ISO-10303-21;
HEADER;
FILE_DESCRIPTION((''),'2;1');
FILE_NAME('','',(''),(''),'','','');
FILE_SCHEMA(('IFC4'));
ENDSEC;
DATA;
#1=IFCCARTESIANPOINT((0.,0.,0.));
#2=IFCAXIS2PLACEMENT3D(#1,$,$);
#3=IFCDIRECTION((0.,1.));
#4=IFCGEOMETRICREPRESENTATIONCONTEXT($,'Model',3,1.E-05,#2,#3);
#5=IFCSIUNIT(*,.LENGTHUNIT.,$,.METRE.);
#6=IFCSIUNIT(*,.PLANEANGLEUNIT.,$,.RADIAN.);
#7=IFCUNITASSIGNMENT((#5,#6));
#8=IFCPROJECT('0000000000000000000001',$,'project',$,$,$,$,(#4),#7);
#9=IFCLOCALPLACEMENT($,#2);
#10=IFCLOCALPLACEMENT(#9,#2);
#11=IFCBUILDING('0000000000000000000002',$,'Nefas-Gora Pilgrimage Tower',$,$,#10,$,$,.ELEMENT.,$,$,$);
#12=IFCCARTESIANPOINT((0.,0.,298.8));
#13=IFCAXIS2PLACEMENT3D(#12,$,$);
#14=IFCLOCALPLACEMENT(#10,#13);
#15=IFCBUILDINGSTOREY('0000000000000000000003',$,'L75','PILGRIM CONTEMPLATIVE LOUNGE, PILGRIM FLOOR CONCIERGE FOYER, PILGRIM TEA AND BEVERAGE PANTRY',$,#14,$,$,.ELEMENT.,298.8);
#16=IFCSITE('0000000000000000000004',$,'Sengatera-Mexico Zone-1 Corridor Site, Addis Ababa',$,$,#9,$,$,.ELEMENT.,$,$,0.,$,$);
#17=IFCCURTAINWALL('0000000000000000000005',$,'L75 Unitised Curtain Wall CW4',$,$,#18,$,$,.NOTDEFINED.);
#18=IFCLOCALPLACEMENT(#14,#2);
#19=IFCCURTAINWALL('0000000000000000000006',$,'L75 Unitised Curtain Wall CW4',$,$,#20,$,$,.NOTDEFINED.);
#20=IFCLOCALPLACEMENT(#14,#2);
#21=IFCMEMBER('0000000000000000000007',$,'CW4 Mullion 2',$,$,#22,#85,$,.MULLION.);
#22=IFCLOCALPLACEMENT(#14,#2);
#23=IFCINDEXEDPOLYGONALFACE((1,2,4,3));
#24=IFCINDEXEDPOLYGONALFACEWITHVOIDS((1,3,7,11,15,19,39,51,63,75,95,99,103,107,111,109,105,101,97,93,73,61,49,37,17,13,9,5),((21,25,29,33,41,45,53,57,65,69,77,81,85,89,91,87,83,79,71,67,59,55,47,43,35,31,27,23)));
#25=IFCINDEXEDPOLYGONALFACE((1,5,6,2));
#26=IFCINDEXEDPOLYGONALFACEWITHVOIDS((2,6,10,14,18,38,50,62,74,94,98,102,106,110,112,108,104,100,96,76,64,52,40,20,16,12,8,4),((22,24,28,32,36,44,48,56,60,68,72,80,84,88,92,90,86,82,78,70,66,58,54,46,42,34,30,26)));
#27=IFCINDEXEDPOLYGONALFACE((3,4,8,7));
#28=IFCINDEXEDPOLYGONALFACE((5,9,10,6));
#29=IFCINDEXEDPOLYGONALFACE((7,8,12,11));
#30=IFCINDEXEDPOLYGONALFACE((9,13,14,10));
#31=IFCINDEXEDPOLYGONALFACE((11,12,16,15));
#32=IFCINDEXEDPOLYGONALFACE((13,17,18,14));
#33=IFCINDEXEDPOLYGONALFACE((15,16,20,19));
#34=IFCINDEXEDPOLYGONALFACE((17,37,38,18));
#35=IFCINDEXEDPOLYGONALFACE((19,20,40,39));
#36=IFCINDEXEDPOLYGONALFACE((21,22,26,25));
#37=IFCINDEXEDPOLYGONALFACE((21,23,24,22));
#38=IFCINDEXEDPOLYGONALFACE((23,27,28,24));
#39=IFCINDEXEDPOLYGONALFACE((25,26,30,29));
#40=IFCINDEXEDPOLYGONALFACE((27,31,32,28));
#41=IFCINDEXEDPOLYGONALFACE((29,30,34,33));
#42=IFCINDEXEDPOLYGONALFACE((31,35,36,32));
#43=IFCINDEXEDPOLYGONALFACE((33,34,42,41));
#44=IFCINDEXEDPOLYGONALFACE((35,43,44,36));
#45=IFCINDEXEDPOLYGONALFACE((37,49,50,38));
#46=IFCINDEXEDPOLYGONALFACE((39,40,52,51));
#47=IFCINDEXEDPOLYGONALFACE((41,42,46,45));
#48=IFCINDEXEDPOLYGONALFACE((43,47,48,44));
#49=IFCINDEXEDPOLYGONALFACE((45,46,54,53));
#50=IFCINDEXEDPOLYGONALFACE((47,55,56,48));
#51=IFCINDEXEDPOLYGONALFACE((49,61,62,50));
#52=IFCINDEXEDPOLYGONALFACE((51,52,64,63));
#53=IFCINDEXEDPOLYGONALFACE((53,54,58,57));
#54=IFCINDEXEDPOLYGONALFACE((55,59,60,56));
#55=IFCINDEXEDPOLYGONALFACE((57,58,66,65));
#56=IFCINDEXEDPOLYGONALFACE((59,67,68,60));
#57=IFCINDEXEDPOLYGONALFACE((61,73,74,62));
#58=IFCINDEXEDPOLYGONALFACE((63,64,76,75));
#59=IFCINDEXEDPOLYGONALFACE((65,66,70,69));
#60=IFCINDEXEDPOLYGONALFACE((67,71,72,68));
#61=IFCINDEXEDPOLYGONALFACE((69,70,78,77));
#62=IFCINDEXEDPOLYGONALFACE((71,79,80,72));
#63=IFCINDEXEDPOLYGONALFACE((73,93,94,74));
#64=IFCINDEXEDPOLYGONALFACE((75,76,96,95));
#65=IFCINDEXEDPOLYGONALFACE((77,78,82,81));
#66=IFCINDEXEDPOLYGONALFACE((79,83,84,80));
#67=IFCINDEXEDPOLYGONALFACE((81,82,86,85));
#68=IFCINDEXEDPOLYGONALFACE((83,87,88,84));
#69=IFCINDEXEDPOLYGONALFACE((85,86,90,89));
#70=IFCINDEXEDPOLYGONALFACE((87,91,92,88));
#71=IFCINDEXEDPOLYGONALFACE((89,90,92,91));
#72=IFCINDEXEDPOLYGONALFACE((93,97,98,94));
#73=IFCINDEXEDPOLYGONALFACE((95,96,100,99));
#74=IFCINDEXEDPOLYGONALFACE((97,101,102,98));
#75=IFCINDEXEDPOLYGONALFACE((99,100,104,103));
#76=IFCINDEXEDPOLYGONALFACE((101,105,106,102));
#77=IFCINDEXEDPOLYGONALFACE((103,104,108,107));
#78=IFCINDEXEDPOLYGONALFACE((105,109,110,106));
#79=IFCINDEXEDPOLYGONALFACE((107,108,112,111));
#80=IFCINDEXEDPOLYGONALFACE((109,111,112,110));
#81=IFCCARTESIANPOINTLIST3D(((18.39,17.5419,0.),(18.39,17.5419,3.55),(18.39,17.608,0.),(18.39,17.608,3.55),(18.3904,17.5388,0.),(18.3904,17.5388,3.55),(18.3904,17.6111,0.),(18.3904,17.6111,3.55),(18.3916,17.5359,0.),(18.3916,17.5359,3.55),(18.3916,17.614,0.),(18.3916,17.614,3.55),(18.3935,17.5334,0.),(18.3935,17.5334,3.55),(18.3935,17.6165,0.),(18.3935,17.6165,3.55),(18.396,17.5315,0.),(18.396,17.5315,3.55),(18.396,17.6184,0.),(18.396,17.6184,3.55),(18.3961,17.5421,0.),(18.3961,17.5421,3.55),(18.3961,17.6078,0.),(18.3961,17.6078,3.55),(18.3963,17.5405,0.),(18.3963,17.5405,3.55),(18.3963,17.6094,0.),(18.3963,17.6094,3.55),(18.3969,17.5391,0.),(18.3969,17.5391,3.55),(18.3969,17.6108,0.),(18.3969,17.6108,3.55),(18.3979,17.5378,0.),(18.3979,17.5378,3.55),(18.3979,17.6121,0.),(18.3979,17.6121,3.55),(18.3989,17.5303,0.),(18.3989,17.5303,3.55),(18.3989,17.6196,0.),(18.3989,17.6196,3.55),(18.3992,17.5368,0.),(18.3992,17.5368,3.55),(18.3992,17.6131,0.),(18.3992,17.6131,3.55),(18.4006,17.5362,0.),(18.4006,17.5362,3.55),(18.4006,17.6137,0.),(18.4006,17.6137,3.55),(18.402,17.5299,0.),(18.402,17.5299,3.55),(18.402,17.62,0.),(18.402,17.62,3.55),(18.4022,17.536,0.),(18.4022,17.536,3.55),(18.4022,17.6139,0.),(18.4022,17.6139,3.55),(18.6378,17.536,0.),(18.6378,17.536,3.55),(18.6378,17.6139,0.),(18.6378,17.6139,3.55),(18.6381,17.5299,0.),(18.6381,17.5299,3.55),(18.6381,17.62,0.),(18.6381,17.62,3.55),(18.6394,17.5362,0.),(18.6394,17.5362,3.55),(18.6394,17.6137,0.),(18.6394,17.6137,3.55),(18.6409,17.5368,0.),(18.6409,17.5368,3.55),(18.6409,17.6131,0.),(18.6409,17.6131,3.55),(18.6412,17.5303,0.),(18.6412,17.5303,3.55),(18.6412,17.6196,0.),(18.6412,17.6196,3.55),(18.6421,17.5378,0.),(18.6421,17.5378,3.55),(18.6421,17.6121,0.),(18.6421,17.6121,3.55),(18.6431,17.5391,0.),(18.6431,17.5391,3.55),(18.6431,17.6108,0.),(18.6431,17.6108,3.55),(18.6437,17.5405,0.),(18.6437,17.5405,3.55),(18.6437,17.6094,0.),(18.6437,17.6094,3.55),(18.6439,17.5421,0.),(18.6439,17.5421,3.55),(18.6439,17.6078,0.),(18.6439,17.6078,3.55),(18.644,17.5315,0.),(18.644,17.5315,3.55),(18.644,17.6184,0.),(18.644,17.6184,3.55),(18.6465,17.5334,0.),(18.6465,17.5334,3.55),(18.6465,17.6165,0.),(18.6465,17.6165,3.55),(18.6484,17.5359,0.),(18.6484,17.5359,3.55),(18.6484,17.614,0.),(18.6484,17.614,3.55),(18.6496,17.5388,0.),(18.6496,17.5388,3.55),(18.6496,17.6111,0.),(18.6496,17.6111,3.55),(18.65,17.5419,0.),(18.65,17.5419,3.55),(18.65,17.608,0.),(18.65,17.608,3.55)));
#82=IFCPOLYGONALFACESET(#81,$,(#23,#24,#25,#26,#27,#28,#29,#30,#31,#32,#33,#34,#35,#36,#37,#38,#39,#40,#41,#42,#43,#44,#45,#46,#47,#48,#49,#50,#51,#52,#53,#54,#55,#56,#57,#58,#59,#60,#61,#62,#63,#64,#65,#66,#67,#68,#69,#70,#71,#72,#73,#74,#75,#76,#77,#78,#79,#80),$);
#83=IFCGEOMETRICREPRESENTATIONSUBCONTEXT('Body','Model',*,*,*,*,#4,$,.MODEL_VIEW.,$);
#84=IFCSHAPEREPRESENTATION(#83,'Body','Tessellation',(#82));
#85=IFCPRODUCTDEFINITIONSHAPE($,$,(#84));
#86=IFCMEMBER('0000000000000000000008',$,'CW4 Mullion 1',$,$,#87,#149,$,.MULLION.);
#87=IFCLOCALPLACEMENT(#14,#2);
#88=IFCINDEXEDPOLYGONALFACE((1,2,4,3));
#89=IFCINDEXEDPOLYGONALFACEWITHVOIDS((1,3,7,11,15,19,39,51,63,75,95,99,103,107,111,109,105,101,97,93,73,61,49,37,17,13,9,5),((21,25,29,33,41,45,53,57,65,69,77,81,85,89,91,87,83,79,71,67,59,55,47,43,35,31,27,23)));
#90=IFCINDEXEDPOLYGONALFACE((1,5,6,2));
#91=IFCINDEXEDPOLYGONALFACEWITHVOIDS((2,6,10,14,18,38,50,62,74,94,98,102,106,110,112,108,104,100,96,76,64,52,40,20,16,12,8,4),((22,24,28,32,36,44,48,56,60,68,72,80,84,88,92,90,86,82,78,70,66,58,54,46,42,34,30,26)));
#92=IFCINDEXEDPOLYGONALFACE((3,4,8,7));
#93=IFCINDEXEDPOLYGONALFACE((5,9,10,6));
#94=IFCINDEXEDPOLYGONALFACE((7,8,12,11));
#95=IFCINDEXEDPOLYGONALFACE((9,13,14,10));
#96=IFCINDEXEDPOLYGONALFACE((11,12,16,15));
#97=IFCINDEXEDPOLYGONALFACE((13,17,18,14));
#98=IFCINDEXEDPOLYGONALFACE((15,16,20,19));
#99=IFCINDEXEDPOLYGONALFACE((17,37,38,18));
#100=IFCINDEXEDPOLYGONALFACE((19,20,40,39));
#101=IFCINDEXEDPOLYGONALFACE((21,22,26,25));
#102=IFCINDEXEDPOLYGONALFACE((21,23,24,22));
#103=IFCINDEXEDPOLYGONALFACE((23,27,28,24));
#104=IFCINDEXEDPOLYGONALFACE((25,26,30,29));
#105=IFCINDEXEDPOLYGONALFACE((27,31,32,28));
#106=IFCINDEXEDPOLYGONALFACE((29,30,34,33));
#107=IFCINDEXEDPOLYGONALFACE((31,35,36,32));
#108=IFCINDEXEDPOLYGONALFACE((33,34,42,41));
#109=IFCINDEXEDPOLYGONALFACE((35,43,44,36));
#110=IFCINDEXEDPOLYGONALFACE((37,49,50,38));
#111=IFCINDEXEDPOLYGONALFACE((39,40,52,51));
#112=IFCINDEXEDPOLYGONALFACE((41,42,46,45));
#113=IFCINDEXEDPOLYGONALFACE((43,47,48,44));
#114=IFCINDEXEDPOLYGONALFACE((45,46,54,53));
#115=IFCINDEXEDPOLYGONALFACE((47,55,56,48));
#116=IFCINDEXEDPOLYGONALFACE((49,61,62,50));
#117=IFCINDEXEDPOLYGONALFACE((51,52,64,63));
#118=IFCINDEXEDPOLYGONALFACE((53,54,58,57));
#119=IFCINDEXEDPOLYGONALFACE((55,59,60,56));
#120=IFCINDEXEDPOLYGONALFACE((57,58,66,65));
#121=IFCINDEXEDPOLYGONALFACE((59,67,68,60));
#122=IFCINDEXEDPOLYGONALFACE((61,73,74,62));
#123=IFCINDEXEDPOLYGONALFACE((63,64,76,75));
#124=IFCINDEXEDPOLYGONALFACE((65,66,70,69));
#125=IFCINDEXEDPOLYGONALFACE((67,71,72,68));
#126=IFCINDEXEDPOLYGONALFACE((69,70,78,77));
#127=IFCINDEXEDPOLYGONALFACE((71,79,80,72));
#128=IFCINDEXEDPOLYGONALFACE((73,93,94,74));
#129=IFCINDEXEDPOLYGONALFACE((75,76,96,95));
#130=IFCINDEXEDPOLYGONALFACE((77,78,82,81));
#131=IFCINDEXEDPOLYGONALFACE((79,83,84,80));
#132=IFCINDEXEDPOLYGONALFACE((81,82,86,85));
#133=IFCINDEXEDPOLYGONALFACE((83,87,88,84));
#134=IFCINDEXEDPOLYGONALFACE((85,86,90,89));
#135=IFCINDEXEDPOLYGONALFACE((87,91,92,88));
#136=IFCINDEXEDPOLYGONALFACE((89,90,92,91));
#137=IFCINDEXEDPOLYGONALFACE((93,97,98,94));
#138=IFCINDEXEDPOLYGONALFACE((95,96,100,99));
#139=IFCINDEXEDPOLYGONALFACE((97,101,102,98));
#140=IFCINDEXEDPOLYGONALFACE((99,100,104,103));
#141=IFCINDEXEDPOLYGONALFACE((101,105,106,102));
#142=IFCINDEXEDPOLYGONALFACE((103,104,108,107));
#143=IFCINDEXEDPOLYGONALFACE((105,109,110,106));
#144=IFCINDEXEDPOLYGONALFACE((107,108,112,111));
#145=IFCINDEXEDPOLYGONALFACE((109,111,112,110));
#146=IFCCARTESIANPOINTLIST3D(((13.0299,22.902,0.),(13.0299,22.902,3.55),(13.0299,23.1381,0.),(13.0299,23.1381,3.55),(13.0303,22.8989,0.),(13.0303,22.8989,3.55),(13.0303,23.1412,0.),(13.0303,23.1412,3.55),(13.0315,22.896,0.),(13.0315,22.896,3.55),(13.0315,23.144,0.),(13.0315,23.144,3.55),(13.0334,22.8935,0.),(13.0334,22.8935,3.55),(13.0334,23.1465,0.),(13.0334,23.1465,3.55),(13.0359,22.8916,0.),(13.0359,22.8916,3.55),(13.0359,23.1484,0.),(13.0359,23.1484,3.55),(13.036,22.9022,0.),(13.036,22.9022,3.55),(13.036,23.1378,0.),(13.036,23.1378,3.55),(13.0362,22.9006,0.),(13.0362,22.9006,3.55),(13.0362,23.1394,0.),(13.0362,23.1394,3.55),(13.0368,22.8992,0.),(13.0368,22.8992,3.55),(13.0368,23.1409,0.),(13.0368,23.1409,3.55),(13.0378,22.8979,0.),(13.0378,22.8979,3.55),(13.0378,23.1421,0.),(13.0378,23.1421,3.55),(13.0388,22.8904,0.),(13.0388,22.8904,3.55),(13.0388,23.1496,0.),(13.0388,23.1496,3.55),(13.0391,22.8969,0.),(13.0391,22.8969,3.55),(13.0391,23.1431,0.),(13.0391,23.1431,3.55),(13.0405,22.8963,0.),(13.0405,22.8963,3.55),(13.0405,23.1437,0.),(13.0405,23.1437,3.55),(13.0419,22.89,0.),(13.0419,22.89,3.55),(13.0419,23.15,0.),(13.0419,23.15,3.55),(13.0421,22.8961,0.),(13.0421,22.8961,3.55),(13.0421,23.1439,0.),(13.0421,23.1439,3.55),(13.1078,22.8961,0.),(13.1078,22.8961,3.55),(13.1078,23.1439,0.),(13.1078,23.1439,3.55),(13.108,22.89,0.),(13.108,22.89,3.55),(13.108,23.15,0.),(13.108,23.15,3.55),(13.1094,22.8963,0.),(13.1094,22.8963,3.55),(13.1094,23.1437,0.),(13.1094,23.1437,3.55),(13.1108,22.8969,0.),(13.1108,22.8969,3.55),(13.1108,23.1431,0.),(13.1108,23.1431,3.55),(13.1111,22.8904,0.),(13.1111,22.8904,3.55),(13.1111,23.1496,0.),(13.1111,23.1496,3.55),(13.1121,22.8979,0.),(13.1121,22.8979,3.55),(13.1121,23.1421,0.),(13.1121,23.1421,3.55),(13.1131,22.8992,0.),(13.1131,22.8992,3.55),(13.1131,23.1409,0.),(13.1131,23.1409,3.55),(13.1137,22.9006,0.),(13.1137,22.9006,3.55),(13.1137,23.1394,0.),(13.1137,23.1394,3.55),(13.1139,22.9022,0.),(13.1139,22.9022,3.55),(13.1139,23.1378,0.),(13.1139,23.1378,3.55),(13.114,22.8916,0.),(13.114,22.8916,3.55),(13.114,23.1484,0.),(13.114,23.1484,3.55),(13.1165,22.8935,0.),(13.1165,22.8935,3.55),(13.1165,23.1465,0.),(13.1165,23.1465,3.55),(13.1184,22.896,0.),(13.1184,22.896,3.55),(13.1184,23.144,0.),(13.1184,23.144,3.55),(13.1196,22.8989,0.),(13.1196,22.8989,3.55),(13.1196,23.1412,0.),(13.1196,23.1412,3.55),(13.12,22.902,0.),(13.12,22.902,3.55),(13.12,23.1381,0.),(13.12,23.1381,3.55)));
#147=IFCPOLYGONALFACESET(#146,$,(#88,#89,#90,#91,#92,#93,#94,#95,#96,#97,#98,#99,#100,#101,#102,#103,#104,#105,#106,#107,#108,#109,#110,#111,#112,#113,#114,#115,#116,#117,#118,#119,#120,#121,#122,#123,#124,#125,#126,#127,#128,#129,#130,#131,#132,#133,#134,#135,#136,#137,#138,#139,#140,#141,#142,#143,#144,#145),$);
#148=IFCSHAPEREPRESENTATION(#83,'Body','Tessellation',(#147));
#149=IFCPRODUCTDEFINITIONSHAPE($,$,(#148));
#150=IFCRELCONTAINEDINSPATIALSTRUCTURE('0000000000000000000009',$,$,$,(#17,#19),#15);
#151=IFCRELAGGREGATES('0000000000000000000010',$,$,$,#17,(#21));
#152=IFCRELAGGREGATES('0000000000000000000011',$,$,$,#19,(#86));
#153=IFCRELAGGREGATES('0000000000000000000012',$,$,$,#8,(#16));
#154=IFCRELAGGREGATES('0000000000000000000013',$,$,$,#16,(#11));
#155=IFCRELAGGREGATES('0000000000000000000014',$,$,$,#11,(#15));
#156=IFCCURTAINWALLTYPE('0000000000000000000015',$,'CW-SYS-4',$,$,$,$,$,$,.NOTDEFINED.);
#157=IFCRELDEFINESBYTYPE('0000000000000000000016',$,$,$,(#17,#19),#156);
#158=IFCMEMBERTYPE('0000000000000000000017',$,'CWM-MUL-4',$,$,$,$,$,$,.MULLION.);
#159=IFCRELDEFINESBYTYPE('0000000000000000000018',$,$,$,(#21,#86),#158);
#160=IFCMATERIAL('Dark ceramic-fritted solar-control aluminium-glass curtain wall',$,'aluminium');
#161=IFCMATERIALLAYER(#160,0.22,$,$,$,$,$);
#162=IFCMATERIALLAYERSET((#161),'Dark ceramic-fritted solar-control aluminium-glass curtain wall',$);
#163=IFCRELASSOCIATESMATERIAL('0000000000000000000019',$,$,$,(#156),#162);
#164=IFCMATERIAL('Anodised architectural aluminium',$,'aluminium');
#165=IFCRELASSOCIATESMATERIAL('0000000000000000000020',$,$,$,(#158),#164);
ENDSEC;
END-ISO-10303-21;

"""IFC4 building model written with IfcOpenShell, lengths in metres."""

from ifc_helpers import new_model, si_unit, direction, frame, origin, origin_2d, place, context, subcontext, project, spatial, hollow_rectangle, extrude, source, transform, mapped, material, layer, layer_set, material_profile, profile_set, type_object, element, aggregate, save


model = new_model("IFC4")

# Units and contexts
model_context = context("Model", 3, precision=1e-05, world=origin(), true_north=direction((0.0, 1.0)))
body_context = subcontext(model_context, "Body", "Model", "MODEL_VIEW")
ifc_project = project(units=[si_unit("LENGTHUNIT", "METRE"), si_unit("PLANEANGLEUNIT", "RADIAN")], contexts=[model_context])

# Site, building, storey
site_placement = place(None, origin())
site = spatial("IfcSite", under=ifc_project, at=site_placement, Name="Sengatera-Mexico Zone-1 Corridor Site, Addis Ababa", CompositionType="ELEMENT", RefElevation=0.0)
building_placement = place(site_placement, origin())
building = spatial("IfcBuilding", under=site, at=building_placement, Name="Nefas-Gora Pilgrimage Tower", CompositionType="ELEMENT")
storey_placement = place(building_placement, frame((0.0, 0.0, 298.8)))
storey = spatial("IfcBuildingStorey", under=building, at=storey_placement, Name="L75", Description="PILGRIM CONTEMPLATIVE LOUNGE, PILGRIM FLOOR CONCIERGE FOYER, PILGRIM TEA AND BEVERAGE PANTRY", CompositionType="ELEMENT", Elevation=298.8)

# Shared definitions
ifc_material_1 = material(Name="Dark ceramic-fritted solar-control aluminium-glass curtain wall", Category="aluminium")
ifc_material_2 = material(Name="Anodised architectural aluminium", Category="aluminium")

# Curtain walls
ifc_layer_1 = layer(ifc_material_1, 0.22)
ifc_layer_set_1 = layer_set([ifc_layer_1], Name="Dark ceramic-fritted solar-control aluminium-glass curtain wall")
curtain_wall_type_1 = type_object("IfcCurtainWallType", Name="CW-SYS-4", PredefinedType="NOTDEFINED", material=ifc_layer_set_1)
curtain_wall_1_placement = place(storey_placement, origin())
curtain_wall_1 = element("IfcCurtainWall", 1, at=curtain_wall_1_placement, inside=storey, type_object=curtain_wall_type_1, Name="L75 Unitised Curtain Wall CW4", PredefinedType="NOTDEFINED")
curtain_wall_2_placement = place(storey_placement, origin())
curtain_wall_2 = element("IfcCurtainWall", 2, at=curtain_wall_2_placement, inside=storey, type_object=curtain_wall_type_1, Name="L75 Unitised Curtain Wall CW4", PredefinedType="NOTDEFINED")

# Members
ifc_material_profile_1 = material_profile(ifc_material_2, hollow_rectangle(XDim=0.0901, YDim=0.26, WallThickness=0.0061, InnerFilletRadius=0.0061, OuterFilletRadius=0.012, at=origin_2d()), Name="ALU MULLION 90x260")
ifc_profile_set_1 = profile_set([ifc_material_profile_1], Name="Anodised architectural aluminium")
member_type_1 = type_object("IfcMemberType", Name="CWM-MUL-4", PredefinedType="MULLION", material=ifc_profile_set_1)
shared_shape_1 = source(origin(), body_context, "Body", "SweptSolid", [
    extrude(hollow_rectangle(XDim=0.0901, YDim=0.26, WallThickness=0.0061, InnerFilletRadius=0.0061, OuterFilletRadius=0.012, at=origin_2d()), origin(), (0.0, 0.0, 1.0), 3.55),
])
member_1_placement = place(storey_placement, frame((18.52, 17.575, 0.0), z_axis=(0.0, 0.0, 1.0), x_axis=(0.0, 1.0, 0.0)))
member_1 = element("IfcMember", 3, at=member_1_placement, type_object=member_type_1, Name="CW4 Mullion 2", PredefinedType="MULLION", context=body_context, shape_type="MappedRepresentation", body=[
    mapped(shared_shape_1, transform((0.0, 0.0, 0.0), x_axis=(1.0, 0.0, 0.0), y_axis=(0.0, 1.0, 0.0), z_axis=(0.0, 0.0, 1.0), scale=1.0)),
])
member_2_placement = place(storey_placement, frame((13.075, 23.02, 0.0), z_axis=(0.0, 0.0, 1.0), x_axis=(-1.0, 0.0, 0.0)))
member_2 = element("IfcMember", 4, at=member_2_placement, type_object=member_type_1, Name="CW4 Mullion 1", PredefinedType="MULLION", context=body_context, shape_type="MappedRepresentation", body=[
    mapped(shared_shape_1, transform((0.0, 0.0, 0.0), x_axis=(1.0, 0.0, 0.0), y_axis=(0.0, 1.0, 0.0), z_axis=(0.0, 0.0, 1.0), scale=1.0)),
])

aggregate(curtain_wall_1, [member_1])
aggregate(curtain_wall_2, [member_2])

save(model, "model.ifc")
